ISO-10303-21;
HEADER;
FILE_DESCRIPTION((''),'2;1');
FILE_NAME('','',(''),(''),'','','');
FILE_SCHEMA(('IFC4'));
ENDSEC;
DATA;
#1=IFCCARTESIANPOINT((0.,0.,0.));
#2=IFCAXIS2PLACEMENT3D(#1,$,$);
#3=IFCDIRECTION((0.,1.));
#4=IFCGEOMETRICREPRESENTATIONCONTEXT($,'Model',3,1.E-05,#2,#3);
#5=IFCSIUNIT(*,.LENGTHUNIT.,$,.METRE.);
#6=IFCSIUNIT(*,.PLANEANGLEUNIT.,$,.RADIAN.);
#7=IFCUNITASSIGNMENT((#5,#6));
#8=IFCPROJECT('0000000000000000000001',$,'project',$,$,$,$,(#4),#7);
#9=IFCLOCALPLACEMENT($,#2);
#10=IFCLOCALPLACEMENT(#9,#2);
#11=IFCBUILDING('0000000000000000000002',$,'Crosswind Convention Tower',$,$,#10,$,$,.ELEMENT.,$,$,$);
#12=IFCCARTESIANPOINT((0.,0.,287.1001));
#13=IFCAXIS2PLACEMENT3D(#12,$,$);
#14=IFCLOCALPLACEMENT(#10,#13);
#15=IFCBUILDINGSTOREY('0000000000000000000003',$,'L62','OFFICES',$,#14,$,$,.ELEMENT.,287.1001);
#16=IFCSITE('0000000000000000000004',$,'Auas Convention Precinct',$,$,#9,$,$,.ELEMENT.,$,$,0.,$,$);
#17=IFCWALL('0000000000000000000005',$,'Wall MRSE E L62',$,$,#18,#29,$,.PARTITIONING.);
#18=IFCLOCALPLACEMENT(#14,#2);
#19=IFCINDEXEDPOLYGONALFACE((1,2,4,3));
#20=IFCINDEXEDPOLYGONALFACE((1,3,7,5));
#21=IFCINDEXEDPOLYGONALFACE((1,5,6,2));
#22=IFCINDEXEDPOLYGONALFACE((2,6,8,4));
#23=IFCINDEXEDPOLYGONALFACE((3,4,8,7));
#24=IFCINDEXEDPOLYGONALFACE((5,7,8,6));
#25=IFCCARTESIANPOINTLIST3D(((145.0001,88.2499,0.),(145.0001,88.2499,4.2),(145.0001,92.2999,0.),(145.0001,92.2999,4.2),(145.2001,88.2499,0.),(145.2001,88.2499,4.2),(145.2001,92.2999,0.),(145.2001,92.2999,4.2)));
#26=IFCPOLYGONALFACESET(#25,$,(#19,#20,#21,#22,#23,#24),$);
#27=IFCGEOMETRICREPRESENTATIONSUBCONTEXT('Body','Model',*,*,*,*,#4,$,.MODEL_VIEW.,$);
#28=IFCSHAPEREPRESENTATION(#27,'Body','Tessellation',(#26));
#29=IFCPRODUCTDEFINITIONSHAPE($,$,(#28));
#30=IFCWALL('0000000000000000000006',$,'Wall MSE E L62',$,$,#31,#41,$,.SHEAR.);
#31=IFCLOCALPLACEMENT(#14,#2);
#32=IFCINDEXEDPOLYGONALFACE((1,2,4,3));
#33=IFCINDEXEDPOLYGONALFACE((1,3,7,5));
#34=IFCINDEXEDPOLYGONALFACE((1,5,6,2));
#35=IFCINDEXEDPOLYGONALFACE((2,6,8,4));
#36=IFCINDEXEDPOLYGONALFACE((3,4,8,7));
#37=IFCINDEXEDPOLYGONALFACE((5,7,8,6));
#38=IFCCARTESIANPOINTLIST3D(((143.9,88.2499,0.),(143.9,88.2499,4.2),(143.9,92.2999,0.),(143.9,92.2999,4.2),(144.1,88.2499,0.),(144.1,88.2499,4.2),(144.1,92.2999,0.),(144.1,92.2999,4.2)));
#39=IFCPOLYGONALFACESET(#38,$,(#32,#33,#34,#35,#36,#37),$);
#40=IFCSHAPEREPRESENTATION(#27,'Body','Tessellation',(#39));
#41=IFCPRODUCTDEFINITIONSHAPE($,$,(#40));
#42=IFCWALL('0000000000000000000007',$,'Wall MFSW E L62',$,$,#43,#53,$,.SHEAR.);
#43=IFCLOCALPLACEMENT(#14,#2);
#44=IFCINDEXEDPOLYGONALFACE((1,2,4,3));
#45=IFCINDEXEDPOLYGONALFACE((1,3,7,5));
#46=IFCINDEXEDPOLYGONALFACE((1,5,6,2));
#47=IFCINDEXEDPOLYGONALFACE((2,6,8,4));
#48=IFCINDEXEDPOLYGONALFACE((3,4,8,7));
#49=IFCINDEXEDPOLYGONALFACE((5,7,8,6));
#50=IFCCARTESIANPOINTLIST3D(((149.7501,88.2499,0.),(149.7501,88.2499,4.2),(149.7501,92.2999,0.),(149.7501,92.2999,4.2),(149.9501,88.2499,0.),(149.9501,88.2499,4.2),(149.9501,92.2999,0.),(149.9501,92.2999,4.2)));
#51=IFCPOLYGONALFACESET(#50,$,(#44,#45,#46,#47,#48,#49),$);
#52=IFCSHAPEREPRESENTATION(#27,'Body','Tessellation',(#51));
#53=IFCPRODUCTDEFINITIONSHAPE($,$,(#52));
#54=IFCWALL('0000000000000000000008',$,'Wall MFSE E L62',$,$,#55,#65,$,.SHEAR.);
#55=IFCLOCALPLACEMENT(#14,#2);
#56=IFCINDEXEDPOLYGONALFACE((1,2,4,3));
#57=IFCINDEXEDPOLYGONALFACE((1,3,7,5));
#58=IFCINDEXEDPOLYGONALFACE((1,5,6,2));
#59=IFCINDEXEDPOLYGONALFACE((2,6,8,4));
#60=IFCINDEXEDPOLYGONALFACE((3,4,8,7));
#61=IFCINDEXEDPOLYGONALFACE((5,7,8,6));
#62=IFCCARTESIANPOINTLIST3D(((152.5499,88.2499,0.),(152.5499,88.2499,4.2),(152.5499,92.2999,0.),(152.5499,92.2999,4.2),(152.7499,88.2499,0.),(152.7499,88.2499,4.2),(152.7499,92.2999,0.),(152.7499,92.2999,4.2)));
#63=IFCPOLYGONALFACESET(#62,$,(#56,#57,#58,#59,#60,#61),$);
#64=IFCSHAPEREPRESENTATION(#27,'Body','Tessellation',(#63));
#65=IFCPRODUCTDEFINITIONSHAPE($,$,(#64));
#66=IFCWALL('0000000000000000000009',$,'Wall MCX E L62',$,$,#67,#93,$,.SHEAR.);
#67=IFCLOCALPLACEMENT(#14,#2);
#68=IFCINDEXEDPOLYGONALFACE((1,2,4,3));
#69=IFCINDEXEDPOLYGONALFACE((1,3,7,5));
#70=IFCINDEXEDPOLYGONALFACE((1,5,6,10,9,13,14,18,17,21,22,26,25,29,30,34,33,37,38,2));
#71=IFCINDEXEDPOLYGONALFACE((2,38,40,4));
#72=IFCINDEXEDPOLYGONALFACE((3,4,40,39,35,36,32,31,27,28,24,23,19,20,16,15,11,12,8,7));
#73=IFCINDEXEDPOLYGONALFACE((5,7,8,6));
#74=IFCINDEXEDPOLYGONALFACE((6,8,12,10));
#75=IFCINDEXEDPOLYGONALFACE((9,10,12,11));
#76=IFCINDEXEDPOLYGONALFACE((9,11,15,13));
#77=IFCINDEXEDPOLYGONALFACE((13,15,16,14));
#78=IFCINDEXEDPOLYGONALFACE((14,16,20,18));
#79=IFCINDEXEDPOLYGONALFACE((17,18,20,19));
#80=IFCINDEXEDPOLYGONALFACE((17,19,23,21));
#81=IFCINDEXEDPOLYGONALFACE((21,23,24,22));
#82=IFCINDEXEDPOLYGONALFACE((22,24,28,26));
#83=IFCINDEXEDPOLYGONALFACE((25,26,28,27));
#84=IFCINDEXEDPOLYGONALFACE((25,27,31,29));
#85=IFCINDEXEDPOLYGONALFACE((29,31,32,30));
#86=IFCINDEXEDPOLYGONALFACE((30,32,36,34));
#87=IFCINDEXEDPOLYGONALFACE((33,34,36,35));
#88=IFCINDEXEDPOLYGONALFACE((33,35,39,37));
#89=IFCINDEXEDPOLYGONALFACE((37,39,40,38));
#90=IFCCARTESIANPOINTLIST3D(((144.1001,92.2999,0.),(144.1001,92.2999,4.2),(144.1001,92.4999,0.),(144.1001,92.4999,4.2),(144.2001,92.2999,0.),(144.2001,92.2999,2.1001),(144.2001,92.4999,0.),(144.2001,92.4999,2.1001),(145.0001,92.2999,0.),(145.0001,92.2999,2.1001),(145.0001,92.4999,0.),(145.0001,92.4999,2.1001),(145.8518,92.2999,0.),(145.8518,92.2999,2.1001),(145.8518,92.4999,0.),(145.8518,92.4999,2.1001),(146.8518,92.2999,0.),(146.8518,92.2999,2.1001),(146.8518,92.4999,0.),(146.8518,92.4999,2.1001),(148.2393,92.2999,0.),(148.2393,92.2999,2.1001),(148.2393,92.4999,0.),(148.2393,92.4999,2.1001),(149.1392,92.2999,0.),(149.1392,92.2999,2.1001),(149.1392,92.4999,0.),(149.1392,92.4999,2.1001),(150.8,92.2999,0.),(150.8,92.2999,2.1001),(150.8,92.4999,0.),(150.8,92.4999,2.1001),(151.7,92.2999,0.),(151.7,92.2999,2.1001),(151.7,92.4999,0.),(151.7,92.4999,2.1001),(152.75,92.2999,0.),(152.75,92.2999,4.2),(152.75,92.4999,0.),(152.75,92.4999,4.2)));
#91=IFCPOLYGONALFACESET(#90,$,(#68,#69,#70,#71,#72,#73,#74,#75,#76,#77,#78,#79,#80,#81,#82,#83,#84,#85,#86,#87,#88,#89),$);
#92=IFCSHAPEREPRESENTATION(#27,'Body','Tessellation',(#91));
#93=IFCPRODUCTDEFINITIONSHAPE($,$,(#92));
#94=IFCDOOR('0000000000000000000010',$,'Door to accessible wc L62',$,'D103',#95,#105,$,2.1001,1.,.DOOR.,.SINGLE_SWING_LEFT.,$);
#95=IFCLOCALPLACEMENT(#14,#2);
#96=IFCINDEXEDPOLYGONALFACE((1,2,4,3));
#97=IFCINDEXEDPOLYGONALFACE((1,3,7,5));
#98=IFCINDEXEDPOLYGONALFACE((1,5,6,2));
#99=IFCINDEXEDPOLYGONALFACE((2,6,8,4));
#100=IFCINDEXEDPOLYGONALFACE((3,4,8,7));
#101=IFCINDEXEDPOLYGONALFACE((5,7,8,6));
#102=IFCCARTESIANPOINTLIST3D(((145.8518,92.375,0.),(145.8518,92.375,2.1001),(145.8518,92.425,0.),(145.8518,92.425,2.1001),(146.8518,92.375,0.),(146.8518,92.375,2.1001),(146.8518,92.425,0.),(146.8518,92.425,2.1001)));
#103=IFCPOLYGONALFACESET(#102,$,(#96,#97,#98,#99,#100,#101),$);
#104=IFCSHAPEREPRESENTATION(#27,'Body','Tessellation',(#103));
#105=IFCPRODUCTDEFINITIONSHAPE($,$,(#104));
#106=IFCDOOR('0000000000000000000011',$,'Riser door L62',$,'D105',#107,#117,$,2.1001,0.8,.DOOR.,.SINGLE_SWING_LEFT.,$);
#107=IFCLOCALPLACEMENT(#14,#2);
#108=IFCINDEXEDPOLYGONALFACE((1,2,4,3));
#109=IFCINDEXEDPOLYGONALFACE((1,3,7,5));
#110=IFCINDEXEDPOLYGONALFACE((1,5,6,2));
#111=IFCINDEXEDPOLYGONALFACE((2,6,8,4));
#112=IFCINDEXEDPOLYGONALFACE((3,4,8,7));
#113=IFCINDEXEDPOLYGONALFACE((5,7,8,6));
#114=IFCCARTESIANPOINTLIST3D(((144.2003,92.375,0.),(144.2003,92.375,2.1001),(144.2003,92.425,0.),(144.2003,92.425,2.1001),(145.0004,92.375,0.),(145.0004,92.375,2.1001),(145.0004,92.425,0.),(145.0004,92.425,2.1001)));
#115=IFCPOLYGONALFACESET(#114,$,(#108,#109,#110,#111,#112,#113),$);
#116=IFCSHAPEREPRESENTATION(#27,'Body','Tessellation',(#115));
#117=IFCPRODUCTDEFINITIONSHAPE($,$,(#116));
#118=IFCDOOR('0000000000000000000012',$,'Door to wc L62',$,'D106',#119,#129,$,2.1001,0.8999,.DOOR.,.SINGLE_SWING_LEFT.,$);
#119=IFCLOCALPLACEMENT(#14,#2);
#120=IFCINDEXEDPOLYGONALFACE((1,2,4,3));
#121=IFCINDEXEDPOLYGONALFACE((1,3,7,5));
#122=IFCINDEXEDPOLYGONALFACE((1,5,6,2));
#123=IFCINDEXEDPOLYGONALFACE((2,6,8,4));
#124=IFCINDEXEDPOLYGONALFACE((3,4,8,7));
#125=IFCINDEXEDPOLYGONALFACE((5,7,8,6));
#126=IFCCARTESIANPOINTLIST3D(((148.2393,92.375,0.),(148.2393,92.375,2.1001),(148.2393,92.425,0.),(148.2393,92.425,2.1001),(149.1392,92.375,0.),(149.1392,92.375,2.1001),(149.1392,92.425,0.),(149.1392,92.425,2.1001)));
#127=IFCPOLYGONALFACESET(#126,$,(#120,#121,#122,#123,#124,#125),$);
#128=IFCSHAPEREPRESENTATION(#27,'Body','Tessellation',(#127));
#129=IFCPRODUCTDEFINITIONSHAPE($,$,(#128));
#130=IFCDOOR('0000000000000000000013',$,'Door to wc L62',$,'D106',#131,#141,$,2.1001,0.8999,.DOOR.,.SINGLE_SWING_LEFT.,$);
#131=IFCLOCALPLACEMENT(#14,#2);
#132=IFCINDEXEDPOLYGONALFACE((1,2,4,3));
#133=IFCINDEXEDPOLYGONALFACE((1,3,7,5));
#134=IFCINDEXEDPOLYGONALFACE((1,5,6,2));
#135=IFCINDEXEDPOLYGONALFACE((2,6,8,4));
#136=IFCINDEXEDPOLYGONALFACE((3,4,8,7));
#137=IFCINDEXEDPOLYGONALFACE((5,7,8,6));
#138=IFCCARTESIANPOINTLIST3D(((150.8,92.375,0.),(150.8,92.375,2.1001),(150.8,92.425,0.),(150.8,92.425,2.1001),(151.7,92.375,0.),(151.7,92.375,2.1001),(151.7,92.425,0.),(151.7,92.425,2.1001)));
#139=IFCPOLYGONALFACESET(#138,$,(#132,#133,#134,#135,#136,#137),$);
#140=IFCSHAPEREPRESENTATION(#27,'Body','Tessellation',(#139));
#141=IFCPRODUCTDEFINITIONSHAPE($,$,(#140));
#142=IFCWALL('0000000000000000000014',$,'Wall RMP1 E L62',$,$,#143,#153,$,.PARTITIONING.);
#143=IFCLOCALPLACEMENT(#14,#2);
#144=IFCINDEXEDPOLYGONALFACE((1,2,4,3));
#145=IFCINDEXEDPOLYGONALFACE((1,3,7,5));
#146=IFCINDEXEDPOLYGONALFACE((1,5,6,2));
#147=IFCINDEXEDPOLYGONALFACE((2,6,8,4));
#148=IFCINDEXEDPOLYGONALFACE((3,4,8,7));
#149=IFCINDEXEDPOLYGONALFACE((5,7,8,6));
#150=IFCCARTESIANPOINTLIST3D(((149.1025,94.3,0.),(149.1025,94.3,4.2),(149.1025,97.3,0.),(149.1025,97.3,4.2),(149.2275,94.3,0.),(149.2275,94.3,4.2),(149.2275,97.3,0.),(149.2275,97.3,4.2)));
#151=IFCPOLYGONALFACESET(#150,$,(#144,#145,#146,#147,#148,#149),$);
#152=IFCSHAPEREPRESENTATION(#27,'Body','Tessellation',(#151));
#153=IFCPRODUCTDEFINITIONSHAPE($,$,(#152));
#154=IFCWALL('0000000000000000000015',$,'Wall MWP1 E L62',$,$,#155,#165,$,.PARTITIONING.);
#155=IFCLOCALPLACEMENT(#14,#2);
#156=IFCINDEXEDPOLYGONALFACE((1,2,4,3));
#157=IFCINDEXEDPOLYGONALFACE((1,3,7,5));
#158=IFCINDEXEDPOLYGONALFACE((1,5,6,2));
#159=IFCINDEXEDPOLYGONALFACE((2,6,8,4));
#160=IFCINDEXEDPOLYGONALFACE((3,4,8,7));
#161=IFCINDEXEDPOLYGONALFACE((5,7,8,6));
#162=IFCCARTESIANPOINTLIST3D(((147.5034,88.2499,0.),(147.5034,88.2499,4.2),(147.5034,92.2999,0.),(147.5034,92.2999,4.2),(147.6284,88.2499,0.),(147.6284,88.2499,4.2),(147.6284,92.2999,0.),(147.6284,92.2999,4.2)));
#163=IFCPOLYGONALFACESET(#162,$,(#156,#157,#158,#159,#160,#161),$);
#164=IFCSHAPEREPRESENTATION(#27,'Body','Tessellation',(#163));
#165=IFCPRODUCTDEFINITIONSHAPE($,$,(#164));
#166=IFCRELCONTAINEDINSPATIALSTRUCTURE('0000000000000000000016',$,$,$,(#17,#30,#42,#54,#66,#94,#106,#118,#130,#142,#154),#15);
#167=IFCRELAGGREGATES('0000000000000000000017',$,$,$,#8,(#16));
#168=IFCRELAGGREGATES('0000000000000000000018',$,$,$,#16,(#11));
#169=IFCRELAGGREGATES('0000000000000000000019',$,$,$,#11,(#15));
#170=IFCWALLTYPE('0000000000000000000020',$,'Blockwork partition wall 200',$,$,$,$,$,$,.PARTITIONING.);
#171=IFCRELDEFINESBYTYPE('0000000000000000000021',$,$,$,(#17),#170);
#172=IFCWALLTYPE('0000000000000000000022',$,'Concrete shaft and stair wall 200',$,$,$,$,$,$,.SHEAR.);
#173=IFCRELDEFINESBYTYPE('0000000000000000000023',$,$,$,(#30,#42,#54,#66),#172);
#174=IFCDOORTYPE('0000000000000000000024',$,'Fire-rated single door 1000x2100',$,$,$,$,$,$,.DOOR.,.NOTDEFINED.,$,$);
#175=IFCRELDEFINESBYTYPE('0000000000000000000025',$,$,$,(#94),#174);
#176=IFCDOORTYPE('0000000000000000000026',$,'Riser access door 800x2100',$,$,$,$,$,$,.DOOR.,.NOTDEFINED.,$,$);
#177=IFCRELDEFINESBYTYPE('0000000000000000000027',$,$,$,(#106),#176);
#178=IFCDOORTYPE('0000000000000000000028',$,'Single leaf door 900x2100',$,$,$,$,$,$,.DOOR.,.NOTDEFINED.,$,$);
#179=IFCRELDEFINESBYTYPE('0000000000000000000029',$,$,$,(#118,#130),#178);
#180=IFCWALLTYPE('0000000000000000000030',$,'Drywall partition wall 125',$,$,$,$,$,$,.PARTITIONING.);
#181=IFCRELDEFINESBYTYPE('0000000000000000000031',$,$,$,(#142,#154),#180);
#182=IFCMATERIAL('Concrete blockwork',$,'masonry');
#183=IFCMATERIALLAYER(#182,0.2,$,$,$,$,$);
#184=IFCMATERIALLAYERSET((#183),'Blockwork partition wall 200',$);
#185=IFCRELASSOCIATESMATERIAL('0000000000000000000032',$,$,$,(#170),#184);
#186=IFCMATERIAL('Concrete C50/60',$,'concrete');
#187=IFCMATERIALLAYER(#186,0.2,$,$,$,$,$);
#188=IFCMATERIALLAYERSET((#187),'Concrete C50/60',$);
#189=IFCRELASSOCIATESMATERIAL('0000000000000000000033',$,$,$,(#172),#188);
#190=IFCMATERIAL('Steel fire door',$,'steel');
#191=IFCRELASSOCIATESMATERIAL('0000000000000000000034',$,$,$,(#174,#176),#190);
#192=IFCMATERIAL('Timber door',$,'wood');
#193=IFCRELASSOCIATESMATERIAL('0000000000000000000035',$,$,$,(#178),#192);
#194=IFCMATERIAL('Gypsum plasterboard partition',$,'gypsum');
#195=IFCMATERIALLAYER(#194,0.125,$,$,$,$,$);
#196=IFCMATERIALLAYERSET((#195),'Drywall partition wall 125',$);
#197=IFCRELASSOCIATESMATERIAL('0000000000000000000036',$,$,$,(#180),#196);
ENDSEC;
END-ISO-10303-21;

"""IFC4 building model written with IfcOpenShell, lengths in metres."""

from ifc_helpers import new_model, si_unit, direction, frame, frame_2d, origin, place, context, subcontext, project, spatial, rectangle, extrude, material, layer, layer_set, type_object, element, fill, save


model = new_model("IFC4")

# Units and contexts
model_context = context("Model", 3, precision=1e-05, world=origin(), true_north=direction((0.0, 1.0)))
body_context = subcontext(model_context, "Body", "Model", "MODEL_VIEW")
ifc_project = project(units=[si_unit("LENGTHUNIT", "METRE"), si_unit("PLANEANGLEUNIT", "RADIAN")], contexts=[model_context])

# Site, building, storey
site_placement = place(None, origin())
site = spatial("IfcSite", under=ifc_project, at=site_placement, Name="Auas Convention Precinct", CompositionType="ELEMENT", RefElevation=0.0)
building_placement = place(site_placement, origin())
building = spatial("IfcBuilding", under=site, at=building_placement, Name="Crosswind Convention Tower", CompositionType="ELEMENT")
storey_placement = place(building_placement, frame((0.0, 0.0, 287.1001)))
storey = spatial("IfcBuildingStorey", under=building, at=storey_placement, Name="L62", Description="OFFICES", CompositionType="ELEMENT", Elevation=287.1001)

# Walls
ifc_material_1 = material(Name="Concrete blockwork", Category="masonry")
ifc_layer_1 = layer(ifc_material_1, 0.2)
ifc_layer_set_1 = layer_set([ifc_layer_1], Name="Blockwork partition wall 200")
wall_type_1 = type_object("IfcWallType", Name="Blockwork partition wall 200", PredefinedType="PARTITIONING", material=ifc_layer_set_1)
wall_1_placement = place(storey_placement, frame((145.1001, 88.25, 0.0), z_axis=(0.0, 0.0, 1.0), x_axis=(0.0, 1.0, 0.0)))
element("IfcWall", 1, at=wall_1_placement, inside=storey, type_object=wall_type_1, Name="Wall MRSE E L62", PredefinedType="PARTITIONING", context=body_context, shape_type="SweptSolid", body=[
    extrude(rectangle(XDim=4.05, YDim=0.2, at=frame_2d((2.0249, 0.0))), origin(), (0.0, 0.0, 1.0), 4.2),
])
ifc_material_2 = material(Name="Concrete C50/60", Category="concrete")
ifc_layer_2 = layer(ifc_material_2, 0.2)
ifc_layer_set_2 = layer_set([ifc_layer_2], Name="Concrete C50/60")
wall_type_2 = type_object("IfcWallType", Name="Concrete shaft and stair wall 200", PredefinedType="SHEAR", material=ifc_layer_set_2)
for number, where, z_axis, x_axis, name in (
    (2, (144.0, 88.25, 0.0), (0.0, 0.0, 1.0), (0.0, 1.0, 0.0), "Wall MSE E L62"),
    (3, (149.8501, 88.25, 0.0), (0.0, 0.0, 1.0), (0.0, 1.0, 0.0), "Wall MFSW E L62"),
    (4, (152.6499, 88.25, 0.0), (0.0, 0.0, 1.0), (0.0, 1.0, 0.0), "Wall MFSE E L62"),
):
    element("IfcWall", number, at=place(storey_placement, frame(where, z_axis=z_axis, x_axis=x_axis)), inside=storey, type_object=wall_type_2, Name=name, PredefinedType="SHEAR", context=body_context, shape_type="SweptSolid", body=[
        extrude(rectangle(XDim=4.05, YDim=0.2, at=frame_2d((2.0249, 0.0))), origin(), (0.0, 0.0, 1.0), 4.2),
    ])

# Wall, openings, doors
wall_2_placement = place(storey_placement, frame((144.1001, 92.3999, 0.0), z_axis=(0.0, 0.0, 1.0), x_axis=(1.0, 0.0, 0.0)))
wall_2 = element("IfcWall", 5, at=wall_2_placement, inside=storey, type_object=wall_type_2, Name="Wall MCX E L62", PredefinedType="SHEAR", context=body_context, shape_type="SweptSolid", body=[
    extrude(rectangle(XDim=8.6499, YDim=0.2, at=frame_2d((4.325, 0.0))), origin(), (0.0, 0.0, 1.0), 4.2),
])
opening_1_placement = place(wall_2_placement, frame((0.1001, 0.0, 0.0)))
opening_1 = element("IfcOpeningElement", 6, at=opening_1_placement, cuts=wall_2, PredefinedType="OPENING", context=body_context, shape_type="SweptSolid", body=[
    extrude(rectangle(XDim=0.8, YDim=2.1001, at=frame_2d((0.3999, 1.05))), frame((0.0, 0.1099, 0.0), z_axis=(0.0, -1.0, 0.0), x_axis=(1.0, 0.0, 0.0)), (0.0, 0.0, 1.0), 0.22),
])
opening_2_placement = place(wall_2_placement, frame((1.7517, 0.0, 0.0)))
opening_2 = element("IfcOpeningElement", 7, at=opening_2_placement, cuts=wall_2, PredefinedType="OPENING", context=body_context, shape_type="SweptSolid", body=[
    extrude(rectangle(XDim=1.0, YDim=2.1001, at=frame_2d((0.5, 1.05))), frame((0.0, 0.1099, 0.0), z_axis=(0.0, -1.0, 0.0), x_axis=(1.0, 0.0, 0.0)), (0.0, 0.0, 1.0), 0.22),
])
opening_3_placement = place(wall_2_placement, frame((4.1392, 0.0, 0.0)))
opening_3 = element("IfcOpeningElement", 8, at=opening_3_placement, cuts=wall_2, PredefinedType="OPENING", context=body_context, shape_type="SweptSolid", body=[
    extrude(rectangle(XDim=0.8999, YDim=2.1001, at=frame_2d((0.45, 1.05))), frame((0.0, 0.1099, 0.0), z_axis=(0.0, -1.0, 0.0), x_axis=(1.0, 0.0, 0.0)), (0.0, 0.0, 1.0), 0.22),
])
opening_4_placement = place(wall_2_placement, frame((6.7, 0.0, 0.0)))
opening_4 = element("IfcOpeningElement", 9, at=opening_4_placement, cuts=wall_2, PredefinedType="OPENING", context=body_context, shape_type="SweptSolid", body=[
    extrude(rectangle(XDim=0.8999, YDim=2.1001, at=frame_2d((0.45, 1.05))), frame((0.0, 0.1099, 0.0), z_axis=(0.0, -1.0, 0.0), x_axis=(1.0, 0.0, 0.0)), (0.0, 0.0, 1.0), 0.22),
])
ifc_material_3 = material(Name="Steel fire door", Category="steel")
door_type_1 = type_object("IfcDoorType", Name="Fire-rated single door 1000x2100", OperationType="NOTDEFINED", PredefinedType="DOOR", material=ifc_material_3)
door_1_placement = place(opening_2_placement, frame((1.0, 0.0, 0.0), z_axis=(0.0, 0.0, 1.0), x_axis=(-1.0, 0.0, 0.0)))
door_1 = element("IfcDoor", 10, at=door_1_placement, inside=storey, type_object=door_type_1, Name="Door to accessible wc L62", ObjectType="D103", OperationType="SINGLE_SWING_LEFT", OverallHeight=2.1001, OverallWidth=1.0, PredefinedType="DOOR", context=body_context, shape_type="SweptSolid", body=[
    extrude(rectangle(XDim=1.0, YDim=2.1001, at=frame_2d((0.5, 1.05))), frame((0.0, 0.0249, 0.0), z_axis=(0.0, -1.0, 0.0), x_axis=(1.0, 0.0, 0.0)), (0.0, 0.0, 1.0), 0.05),
])
fill(opening_2, door_1)
door_type_2 = type_object("IfcDoorType", Name="Riser access door 800x2100", OperationType="NOTDEFINED", PredefinedType="DOOR", material=ifc_material_3)
door_2_placement = place(opening_1_placement, frame((0.8, 0.0, 0.0), z_axis=(0.0, 0.0, 1.0), x_axis=(-1.0, 0.0, 0.0)))
door_2 = element("IfcDoor", 11, at=door_2_placement, inside=storey, type_object=door_type_2, Name="Riser door L62", ObjectType="D105", OperationType="SINGLE_SWING_LEFT", OverallHeight=2.1001, OverallWidth=0.8, PredefinedType="DOOR", context=body_context, shape_type="SweptSolid", body=[
    extrude(rectangle(XDim=0.8, YDim=2.1001, at=frame_2d((0.3999, 1.05))), frame((0.0, 0.0249, 0.0), z_axis=(0.0, -1.0, 0.0), x_axis=(1.0, 0.0, 0.0)), (0.0, 0.0, 1.0), 0.05),
])
fill(opening_1, door_2)
ifc_material_4 = material(Name="Timber door", Category="wood")
door_type_3 = type_object("IfcDoorType", Name="Single leaf door 900x2100", OperationType="NOTDEFINED", PredefinedType="DOOR", material=ifc_material_4)
door_3_placement = place(opening_3_placement, frame((0.8999, 0.0, 0.0), z_axis=(0.0, 0.0, 1.0), x_axis=(-1.0, 0.0, 0.0)))
door_3 = element("IfcDoor", 12, at=door_3_placement, inside=storey, type_object=door_type_3, Name="Door to wc L62", ObjectType="D106", OperationType="SINGLE_SWING_LEFT", OverallHeight=2.1001, OverallWidth=0.8999, PredefinedType="DOOR", context=body_context, shape_type="SweptSolid", body=[
    extrude(rectangle(XDim=0.8999, YDim=2.1001, at=frame_2d((0.45, 1.05))), frame((0.0, 0.0249, 0.0), z_axis=(0.0, -1.0, 0.0), x_axis=(1.0, 0.0, 0.0)), (0.0, 0.0, 1.0), 0.05),
])
fill(opening_3, door_3)
door_4_placement = place(opening_4_placement, frame((0.8999, 0.0, 0.0), z_axis=(0.0, 0.0, 1.0), x_axis=(-1.0, 0.0, 0.0)))
door_4 = element("IfcDoor", 13, at=door_4_placement, inside=storey, type_object=door_type_3, Name="Door to wc L62", ObjectType="D106", OperationType="SINGLE_SWING_LEFT", OverallHeight=2.1001, OverallWidth=0.8999, PredefinedType="DOOR", context=body_context, shape_type="SweptSolid", body=[
    extrude(rectangle(XDim=0.8999, YDim=2.1001, at=frame_2d((0.45, 1.05))), frame((0.0, 0.0249, 0.0), z_axis=(0.0, -1.0, 0.0), x_axis=(1.0, 0.0, 0.0)), (0.0, 0.0, 1.0), 0.05),
])
fill(opening_4, door_4)

# Walls
ifc_material_5 = material(Name="Gypsum plasterboard partition", Category="gypsum")
ifc_layer_3 = layer(ifc_material_5, 0.125)
ifc_layer_set_3 = layer_set([ifc_layer_3], Name="Drywall partition wall 125")
wall_type_3 = type_object("IfcWallType", Name="Drywall partition wall 125", PredefinedType="PARTITIONING", material=ifc_layer_set_3)
wall_3_placement = place(storey_placement, frame((149.165, 94.3, 0.0), z_axis=(0.0, 0.0, 1.0), x_axis=(0.0, 1.0, 0.0)))
element("IfcWall", 14, at=wall_3_placement, inside=storey, type_object=wall_type_3, Name="Wall RMP1 E L62", PredefinedType="PARTITIONING", context=body_context, shape_type="SweptSolid", body=[
    extrude(rectangle(XDim=3.0, YDim=0.125, at=frame_2d((1.5, 0.0))), origin(), (0.0, 0.0, 1.0), 4.2),
])
wall_4_placement = place(storey_placement, frame((147.5659, 88.25, 0.0), z_axis=(0.0, 0.0, 1.0), x_axis=(0.0, 1.0, 0.0)))
element("IfcWall", 15, at=wall_4_placement, inside=storey, type_object=wall_type_3, Name="Wall MWP1 E L62", PredefinedType="PARTITIONING", context=body_context, shape_type="SweptSolid", body=[
    extrude(rectangle(XDim=4.05, YDim=0.125, at=frame_2d((2.0249, 0.0))), origin(), (0.0, 0.0, 1.0), 4.2),
])

save(model, "model.ifc")
